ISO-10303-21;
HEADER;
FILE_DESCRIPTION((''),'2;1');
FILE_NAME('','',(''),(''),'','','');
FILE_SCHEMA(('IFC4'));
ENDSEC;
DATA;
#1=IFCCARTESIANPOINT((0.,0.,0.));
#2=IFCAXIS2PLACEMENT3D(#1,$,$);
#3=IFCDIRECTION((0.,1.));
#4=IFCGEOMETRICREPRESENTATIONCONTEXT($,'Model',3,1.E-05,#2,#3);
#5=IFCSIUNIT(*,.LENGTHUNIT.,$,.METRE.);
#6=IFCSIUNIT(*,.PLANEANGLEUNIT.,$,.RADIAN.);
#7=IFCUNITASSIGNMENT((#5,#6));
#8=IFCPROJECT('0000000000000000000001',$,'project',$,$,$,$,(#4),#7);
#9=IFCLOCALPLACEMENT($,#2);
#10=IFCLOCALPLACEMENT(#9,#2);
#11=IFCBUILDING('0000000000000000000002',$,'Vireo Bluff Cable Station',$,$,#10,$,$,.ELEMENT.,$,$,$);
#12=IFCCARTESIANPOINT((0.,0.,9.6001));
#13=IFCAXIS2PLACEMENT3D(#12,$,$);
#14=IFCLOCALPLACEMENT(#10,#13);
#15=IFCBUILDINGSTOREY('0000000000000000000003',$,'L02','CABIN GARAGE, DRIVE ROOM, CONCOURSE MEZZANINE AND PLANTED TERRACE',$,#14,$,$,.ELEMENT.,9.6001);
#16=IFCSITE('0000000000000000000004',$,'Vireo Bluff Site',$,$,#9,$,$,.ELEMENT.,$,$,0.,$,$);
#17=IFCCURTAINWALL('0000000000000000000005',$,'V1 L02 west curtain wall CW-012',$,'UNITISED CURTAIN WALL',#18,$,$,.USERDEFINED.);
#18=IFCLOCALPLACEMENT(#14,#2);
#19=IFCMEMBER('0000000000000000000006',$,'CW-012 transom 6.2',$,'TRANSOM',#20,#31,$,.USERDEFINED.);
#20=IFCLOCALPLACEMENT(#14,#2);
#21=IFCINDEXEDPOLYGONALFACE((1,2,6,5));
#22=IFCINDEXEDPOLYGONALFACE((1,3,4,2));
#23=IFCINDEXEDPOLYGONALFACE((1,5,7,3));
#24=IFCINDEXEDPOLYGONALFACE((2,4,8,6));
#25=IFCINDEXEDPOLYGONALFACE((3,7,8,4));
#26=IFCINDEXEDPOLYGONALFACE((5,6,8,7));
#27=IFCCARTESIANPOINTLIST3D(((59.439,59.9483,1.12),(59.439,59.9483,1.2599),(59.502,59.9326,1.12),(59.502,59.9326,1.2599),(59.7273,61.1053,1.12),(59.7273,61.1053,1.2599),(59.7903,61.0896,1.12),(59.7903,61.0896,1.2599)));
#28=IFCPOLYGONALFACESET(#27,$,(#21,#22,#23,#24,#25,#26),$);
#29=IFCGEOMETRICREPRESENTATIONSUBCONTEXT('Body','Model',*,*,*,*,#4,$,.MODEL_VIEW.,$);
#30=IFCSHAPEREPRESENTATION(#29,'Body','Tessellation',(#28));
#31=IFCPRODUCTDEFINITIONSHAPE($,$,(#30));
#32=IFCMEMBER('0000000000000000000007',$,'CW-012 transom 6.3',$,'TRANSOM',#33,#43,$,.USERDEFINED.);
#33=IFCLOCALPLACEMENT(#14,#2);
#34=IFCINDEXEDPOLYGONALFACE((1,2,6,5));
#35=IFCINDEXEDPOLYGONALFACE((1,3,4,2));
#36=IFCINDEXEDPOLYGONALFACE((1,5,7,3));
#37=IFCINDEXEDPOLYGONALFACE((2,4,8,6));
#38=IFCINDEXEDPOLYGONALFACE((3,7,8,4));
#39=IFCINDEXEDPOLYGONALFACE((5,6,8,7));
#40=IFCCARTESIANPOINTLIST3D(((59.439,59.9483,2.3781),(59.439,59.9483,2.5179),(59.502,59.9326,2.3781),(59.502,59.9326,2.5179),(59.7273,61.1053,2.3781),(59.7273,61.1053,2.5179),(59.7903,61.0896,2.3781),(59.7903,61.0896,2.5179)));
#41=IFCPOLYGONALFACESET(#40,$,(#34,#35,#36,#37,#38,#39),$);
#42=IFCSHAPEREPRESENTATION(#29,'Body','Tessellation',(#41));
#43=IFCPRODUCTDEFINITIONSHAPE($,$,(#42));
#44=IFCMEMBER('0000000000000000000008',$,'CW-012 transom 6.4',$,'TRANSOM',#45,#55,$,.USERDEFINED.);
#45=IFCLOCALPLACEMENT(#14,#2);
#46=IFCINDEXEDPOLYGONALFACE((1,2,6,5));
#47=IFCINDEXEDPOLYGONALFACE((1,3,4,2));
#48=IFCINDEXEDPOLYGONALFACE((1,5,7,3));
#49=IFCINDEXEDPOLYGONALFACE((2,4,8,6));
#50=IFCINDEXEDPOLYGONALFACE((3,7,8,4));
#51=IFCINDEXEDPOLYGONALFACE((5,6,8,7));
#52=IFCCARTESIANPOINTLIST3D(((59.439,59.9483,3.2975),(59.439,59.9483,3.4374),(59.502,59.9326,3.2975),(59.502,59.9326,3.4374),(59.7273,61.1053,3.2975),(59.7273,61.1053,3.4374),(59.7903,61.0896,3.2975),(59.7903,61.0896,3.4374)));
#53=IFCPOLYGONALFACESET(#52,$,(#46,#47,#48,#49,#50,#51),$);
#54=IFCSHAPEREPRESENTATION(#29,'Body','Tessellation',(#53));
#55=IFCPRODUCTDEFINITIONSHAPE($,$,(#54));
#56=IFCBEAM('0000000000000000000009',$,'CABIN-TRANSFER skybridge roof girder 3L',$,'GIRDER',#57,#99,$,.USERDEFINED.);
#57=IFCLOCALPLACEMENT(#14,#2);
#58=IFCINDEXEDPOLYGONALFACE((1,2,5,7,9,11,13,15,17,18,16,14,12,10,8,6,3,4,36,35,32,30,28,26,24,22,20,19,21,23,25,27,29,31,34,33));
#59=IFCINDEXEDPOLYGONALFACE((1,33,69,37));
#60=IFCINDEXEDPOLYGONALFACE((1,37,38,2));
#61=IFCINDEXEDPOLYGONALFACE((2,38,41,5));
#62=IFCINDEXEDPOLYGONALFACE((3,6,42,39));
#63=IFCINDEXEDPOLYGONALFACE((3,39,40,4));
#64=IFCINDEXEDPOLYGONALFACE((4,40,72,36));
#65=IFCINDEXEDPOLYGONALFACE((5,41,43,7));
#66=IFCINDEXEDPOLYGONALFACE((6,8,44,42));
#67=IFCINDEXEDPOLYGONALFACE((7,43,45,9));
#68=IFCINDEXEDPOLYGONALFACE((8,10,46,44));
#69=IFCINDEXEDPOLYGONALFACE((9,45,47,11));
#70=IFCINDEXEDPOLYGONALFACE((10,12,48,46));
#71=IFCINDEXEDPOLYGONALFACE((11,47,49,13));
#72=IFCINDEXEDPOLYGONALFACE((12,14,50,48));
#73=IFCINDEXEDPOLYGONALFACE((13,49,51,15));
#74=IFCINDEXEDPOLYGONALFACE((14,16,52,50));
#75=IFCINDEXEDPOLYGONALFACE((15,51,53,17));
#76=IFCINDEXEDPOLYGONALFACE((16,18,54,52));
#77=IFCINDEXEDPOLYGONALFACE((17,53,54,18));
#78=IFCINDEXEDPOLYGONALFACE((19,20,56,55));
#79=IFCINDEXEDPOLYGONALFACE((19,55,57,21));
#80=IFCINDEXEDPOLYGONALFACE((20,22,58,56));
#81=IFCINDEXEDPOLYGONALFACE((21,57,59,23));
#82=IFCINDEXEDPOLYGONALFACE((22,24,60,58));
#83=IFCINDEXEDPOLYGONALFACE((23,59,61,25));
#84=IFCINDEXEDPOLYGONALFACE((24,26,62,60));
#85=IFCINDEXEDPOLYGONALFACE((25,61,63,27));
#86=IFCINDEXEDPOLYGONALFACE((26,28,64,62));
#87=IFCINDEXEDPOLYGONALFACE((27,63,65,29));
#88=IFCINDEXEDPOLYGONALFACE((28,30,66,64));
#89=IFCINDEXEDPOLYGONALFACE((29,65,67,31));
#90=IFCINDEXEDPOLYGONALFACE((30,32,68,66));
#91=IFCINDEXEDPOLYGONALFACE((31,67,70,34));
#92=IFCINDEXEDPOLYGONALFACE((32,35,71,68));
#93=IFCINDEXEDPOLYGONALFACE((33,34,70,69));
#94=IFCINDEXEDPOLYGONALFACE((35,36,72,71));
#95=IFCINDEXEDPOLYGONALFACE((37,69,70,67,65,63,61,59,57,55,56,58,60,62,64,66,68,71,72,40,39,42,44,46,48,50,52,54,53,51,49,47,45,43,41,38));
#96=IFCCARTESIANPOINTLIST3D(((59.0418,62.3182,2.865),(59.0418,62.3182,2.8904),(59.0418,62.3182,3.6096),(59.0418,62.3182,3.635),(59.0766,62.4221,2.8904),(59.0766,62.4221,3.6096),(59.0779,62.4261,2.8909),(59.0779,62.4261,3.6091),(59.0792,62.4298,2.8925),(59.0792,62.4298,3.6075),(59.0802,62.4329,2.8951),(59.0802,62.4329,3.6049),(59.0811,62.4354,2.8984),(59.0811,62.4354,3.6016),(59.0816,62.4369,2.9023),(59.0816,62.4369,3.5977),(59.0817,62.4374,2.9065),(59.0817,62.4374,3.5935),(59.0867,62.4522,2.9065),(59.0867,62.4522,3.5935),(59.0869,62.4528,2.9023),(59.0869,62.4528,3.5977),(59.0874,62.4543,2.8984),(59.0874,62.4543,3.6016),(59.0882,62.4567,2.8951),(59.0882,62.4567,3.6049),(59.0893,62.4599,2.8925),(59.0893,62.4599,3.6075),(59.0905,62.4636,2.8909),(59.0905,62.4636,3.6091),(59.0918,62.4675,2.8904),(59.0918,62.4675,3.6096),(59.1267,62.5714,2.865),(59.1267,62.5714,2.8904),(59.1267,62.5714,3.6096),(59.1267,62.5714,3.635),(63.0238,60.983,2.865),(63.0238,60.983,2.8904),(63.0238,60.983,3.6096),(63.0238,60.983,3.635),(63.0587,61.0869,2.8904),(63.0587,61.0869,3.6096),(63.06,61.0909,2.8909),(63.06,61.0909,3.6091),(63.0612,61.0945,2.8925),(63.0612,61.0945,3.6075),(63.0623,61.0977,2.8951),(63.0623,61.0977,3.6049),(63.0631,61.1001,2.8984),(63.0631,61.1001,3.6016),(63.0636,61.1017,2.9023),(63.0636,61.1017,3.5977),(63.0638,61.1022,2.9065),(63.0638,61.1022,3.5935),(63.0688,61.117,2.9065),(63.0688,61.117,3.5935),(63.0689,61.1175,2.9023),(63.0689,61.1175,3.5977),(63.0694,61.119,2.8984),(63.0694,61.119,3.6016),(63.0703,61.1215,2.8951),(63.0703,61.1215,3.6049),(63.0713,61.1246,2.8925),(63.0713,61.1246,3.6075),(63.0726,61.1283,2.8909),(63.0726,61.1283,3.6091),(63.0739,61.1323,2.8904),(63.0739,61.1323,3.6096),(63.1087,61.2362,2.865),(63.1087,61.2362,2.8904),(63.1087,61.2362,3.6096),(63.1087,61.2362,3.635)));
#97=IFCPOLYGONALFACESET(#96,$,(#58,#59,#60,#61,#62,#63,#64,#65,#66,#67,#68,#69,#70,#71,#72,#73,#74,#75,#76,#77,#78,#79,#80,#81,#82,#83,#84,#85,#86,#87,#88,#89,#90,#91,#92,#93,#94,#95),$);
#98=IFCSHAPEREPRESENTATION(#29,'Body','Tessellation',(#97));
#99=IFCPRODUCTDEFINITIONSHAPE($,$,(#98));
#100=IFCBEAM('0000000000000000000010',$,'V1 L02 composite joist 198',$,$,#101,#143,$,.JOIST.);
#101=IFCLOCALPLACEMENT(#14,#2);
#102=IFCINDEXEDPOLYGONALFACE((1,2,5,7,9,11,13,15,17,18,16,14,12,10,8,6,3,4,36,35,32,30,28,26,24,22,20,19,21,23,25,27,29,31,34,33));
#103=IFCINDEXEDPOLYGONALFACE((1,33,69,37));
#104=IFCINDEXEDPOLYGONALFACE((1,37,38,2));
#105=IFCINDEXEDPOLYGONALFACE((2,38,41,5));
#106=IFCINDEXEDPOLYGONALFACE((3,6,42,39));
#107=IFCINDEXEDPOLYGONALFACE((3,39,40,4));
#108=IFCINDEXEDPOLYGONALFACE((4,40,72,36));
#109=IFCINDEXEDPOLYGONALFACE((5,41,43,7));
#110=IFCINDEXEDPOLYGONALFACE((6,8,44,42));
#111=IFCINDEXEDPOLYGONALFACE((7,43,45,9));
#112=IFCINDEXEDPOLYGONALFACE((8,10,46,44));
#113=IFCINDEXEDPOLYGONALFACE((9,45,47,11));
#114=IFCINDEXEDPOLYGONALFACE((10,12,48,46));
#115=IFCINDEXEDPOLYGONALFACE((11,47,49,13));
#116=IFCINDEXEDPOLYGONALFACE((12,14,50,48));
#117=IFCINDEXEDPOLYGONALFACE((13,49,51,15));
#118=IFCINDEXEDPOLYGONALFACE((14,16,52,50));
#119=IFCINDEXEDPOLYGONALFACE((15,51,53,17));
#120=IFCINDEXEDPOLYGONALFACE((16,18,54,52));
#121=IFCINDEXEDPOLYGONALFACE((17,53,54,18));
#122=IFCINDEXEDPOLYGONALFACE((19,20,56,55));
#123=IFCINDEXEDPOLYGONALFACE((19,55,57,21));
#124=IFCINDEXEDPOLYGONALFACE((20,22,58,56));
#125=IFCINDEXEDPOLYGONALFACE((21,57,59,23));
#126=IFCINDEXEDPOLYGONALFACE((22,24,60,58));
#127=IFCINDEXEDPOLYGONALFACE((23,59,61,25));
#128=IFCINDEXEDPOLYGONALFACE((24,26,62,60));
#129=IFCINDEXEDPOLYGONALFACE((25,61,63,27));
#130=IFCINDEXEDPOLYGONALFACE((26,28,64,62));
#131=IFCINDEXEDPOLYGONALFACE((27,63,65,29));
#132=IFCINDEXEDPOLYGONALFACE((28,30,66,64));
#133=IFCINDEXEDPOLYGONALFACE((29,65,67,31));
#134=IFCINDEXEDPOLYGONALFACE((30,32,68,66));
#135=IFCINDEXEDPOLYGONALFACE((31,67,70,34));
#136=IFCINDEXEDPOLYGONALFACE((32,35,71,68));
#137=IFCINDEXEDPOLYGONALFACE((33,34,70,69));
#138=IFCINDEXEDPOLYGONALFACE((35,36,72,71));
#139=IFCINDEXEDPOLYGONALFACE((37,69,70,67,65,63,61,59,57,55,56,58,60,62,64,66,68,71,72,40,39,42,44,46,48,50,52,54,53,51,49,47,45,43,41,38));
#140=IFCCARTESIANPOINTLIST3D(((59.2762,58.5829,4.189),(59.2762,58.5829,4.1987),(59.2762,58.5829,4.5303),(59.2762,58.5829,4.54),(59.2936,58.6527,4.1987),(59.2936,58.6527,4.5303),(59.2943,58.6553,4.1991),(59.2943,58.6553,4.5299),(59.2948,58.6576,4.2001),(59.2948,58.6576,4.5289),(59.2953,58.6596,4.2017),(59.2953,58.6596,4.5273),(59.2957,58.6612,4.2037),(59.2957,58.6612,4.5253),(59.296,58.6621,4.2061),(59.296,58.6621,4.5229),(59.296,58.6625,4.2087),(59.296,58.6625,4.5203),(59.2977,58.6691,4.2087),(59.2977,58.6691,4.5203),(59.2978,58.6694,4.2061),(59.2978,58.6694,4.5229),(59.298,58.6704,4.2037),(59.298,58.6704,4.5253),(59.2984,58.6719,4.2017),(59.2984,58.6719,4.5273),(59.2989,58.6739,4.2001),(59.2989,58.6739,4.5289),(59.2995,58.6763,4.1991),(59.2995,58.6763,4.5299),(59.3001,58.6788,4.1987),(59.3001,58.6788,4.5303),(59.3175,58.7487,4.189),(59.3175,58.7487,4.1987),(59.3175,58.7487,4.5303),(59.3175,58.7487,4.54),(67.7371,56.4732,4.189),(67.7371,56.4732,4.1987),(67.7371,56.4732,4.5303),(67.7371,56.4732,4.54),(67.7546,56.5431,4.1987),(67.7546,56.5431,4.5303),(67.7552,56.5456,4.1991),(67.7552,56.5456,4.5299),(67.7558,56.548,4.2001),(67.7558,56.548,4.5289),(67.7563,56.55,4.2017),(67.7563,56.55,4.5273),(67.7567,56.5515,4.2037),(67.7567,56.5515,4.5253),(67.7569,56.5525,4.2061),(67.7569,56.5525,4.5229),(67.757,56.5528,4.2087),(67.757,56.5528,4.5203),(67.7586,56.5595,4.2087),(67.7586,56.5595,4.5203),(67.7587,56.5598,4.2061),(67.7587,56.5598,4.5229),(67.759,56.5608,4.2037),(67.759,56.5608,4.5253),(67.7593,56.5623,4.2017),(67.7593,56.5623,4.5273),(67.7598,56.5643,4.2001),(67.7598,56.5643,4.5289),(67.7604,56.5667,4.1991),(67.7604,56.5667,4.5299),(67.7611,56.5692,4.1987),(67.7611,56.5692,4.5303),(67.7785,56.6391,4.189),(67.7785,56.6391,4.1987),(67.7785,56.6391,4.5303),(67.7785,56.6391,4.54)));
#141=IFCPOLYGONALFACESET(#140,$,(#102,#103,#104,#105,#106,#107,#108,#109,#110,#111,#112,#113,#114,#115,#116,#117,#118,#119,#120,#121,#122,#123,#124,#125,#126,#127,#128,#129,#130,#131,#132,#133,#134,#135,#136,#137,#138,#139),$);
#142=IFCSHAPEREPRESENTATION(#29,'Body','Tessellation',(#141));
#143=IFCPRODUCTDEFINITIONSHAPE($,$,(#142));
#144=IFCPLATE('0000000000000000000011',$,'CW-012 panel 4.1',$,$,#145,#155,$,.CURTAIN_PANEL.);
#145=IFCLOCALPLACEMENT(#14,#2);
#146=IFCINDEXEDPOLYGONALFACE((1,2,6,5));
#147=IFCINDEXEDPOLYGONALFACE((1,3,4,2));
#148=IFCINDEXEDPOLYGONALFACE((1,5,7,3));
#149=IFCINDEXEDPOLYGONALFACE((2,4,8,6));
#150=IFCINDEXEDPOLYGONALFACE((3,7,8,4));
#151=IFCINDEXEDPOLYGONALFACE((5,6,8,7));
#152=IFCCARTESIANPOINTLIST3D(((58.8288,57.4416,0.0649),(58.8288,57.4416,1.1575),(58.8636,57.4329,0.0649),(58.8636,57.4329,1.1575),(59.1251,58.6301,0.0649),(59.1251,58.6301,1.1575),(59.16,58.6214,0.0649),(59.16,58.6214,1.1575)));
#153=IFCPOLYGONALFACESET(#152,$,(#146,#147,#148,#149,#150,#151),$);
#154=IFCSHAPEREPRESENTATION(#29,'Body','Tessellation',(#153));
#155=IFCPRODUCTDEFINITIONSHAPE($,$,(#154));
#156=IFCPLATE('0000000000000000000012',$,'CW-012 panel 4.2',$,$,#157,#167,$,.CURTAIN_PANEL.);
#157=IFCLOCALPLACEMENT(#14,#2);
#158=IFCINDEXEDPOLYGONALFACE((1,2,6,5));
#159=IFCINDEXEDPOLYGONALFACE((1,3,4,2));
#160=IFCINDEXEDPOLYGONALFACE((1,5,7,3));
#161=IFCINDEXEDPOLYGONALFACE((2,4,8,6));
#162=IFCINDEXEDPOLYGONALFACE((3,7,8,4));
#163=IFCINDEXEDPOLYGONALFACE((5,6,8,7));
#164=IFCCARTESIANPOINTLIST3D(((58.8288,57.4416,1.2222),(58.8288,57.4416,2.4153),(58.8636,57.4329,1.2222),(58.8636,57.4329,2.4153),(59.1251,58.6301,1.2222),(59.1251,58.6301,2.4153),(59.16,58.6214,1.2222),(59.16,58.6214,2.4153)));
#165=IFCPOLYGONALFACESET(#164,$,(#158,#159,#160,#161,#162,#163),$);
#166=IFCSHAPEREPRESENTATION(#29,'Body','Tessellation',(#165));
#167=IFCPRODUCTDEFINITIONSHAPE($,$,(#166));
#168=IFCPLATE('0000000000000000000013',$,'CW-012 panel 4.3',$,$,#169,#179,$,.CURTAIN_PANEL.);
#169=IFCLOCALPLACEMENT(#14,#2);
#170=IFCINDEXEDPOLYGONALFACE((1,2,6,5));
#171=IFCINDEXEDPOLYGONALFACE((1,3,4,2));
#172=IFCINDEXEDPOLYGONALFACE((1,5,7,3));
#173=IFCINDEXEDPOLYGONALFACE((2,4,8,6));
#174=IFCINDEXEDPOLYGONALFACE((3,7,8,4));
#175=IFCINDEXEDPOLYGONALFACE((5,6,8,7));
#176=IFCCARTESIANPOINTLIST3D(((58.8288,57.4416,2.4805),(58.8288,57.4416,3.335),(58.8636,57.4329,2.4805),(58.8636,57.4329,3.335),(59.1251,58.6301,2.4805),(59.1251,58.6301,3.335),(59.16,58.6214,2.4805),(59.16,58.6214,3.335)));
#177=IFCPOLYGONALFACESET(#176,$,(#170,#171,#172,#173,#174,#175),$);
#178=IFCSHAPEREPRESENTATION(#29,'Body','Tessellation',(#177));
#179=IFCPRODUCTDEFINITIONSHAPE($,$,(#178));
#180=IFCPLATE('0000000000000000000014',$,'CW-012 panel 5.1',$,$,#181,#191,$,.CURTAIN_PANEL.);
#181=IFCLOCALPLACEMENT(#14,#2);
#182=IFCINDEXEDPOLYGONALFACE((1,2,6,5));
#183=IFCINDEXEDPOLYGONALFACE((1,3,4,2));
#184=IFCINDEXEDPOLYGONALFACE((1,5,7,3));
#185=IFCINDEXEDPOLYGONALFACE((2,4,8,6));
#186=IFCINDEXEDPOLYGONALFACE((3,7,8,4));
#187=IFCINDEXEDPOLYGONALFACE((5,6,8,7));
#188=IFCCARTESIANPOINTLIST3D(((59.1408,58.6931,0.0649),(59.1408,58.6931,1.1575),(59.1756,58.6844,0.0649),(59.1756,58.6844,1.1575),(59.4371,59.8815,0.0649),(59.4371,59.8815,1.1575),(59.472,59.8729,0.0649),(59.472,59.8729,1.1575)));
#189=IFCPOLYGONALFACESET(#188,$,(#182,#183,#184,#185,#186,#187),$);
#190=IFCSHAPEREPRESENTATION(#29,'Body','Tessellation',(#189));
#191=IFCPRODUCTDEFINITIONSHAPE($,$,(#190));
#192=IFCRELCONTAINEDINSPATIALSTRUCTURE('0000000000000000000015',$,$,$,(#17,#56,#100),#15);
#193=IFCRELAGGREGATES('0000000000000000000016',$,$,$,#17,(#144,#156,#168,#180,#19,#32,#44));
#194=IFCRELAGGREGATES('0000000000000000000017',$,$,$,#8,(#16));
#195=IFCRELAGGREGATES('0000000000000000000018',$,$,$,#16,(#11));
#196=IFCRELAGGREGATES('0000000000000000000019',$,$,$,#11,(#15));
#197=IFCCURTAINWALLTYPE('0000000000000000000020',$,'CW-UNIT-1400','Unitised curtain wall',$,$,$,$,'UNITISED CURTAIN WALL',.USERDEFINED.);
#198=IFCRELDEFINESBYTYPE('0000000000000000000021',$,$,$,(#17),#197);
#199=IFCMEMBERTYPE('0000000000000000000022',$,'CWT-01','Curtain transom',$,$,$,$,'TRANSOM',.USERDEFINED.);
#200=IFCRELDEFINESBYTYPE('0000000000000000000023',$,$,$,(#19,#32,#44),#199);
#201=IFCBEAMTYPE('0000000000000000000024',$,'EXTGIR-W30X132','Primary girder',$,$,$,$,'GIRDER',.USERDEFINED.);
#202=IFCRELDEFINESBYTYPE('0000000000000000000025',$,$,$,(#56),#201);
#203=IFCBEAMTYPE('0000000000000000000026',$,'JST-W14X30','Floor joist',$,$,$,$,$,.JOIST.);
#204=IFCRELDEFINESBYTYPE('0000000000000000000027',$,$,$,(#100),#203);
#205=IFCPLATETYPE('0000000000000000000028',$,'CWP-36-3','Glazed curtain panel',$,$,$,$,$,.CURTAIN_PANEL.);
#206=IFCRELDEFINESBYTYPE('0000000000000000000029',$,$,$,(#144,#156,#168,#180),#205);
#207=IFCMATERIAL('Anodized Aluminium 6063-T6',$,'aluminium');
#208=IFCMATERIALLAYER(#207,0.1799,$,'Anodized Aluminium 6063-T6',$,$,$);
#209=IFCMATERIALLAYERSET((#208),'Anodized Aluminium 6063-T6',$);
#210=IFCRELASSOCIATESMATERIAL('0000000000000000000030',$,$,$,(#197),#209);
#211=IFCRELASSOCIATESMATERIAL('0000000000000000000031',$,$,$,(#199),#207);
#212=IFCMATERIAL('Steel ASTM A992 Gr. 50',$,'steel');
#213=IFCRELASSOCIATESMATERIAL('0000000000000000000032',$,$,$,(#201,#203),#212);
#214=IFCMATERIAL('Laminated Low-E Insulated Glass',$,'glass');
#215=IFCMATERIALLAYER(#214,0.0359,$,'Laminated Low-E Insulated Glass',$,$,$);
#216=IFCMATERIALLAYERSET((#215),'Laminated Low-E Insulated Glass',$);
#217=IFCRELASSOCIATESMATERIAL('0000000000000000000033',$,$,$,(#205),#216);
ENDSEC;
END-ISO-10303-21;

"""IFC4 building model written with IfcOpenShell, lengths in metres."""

from ifc_helpers import new_model, si_unit, direction, frame, origin, origin_2d, place, context, subcontext, project, spatial, rectangle, i_section, extrude, material, layer, layer_set, material_profile, profile_set, type_object, element, aggregate, save


model = new_model("IFC4")

# Units and contexts
model_context = context("Model", 3, precision=1e-05, world=origin(), true_north=direction((0.0, 1.0)))
body_context = subcontext(model_context, "Body", "Model", "MODEL_VIEW")
ifc_project = project(units=[si_unit("LENGTHUNIT", "METRE"), si_unit("PLANEANGLEUNIT", "RADIAN")], contexts=[model_context])

# Site, building, storey
site_placement = place(None, origin())
site = spatial("IfcSite", under=ifc_project, at=site_placement, Name="Vireo Bluff Site", CompositionType="ELEMENT", RefElevation=0.0)
building_placement = place(site_placement, origin())
building = spatial("IfcBuilding", under=site, at=building_placement, Name="Vireo Bluff Cable Station", CompositionType="ELEMENT")
storey_placement = place(building_placement, frame((0.0, 0.0, 9.6001)))
storey = spatial("IfcBuildingStorey", under=building, at=storey_placement, Name="L02", Description="CABIN GARAGE, DRIVE ROOM, CONCOURSE MEZZANINE AND PLANTED TERRACE", CompositionType="ELEMENT", Elevation=9.6001)

# Shared definitions
ifc_material_1 = material(Name="Steel ASTM A992 Gr. 50", Category="steel")

# Curtain wall, members
ifc_material_2 = material(Name="Anodized Aluminium 6063-T6", Category="aluminium")
ifc_layer_1 = layer(ifc_material_2, 0.1799, Name="Anodized Aluminium 6063-T6")
ifc_layer_set_1 = layer_set([ifc_layer_1], Name="Anodized Aluminium 6063-T6")
curtain_wall_type = type_object("IfcCurtainWallType", Name="CW-UNIT-1400", Description="Unitised curtain wall", ElementType="UNITISED CURTAIN WALL", PredefinedType="USERDEFINED", material=ifc_layer_set_1)
curtain_wall_placement = place(storey_placement, origin())
curtain_wall = element("IfcCurtainWall", 1, at=curtain_wall_placement, inside=storey, type_object=curtain_wall_type, Name="V1 L02 west curtain wall CW-012", ObjectType="UNITISED CURTAIN WALL", PredefinedType="USERDEFINED")
ifc_material_profile_1 = material_profile(ifc_material_2, rectangle(XDim=0.0649, YDim=0.1399, at=origin_2d()), Name="ALU-T-65X140")
ifc_profile_set_1 = profile_set([ifc_material_profile_1], Name="Anodized Aluminium 6063-T6")
member_type_1 = type_object("IfcMemberType", Name="CWT-01", Description="Curtain transom", ElementType="TRANSOM", PredefinedType="USERDEFINED", material=ifc_profile_set_1)
member_1_placement = place(storey_placement, frame((59.4705, 59.9404, 1.1899), z_axis=(0.241813, 0.970323, 0.0), x_axis=(-0.970323, 0.241813, 0.0)))
member_1 = element("IfcMember", 2, at=member_1_placement, type_object=member_type_1, Name="CW-012 transom 6.2", ObjectType="TRANSOM", PredefinedType="USERDEFINED", context=body_context, shape_type="SweptSolid", body=[
    extrude(rectangle(XDim=0.0649, YDim=0.1399, at=origin_2d()), origin(), (0.0, 0.0, 1.0), 1.1924),
])
member_2_placement = place(storey_placement, frame((59.4705, 59.9404, 2.448), z_axis=(0.241813, 0.970323, 0.0), x_axis=(-0.970323, 0.241813, 0.0)))
member_2 = element("IfcMember", 3, at=member_2_placement, type_object=member_type_1, Name="CW-012 transom 6.3", ObjectType="TRANSOM", PredefinedType="USERDEFINED", context=body_context, shape_type="SweptSolid", body=[
    extrude(rectangle(XDim=0.0649, YDim=0.1399, at=origin_2d()), origin(), (0.0, 0.0, 1.0), 1.1924),
])
member_3_placement = place(storey_placement, frame((59.4705, 59.9404, 3.3674), z_axis=(0.241813, 0.970323, 0.0), x_axis=(-0.970323, 0.241813, 0.0)))
member_3 = element("IfcMember", 4, at=member_3_placement, type_object=member_type_1, Name="CW-012 transom 6.4", ObjectType="TRANSOM", PredefinedType="USERDEFINED", context=body_context, shape_type="SweptSolid", body=[
    extrude(rectangle(XDim=0.0649, YDim=0.1399, at=origin_2d()), origin(), (0.0, 0.0, 1.0), 1.1924),
])

# Beams
ifc_material_profile_2 = material_profile(ifc_material_1, i_section(OverallWidth=0.2671, OverallDepth=0.77, WebThickness=0.0156, FlangeThickness=0.0254, FilletRadius=0.0161, at=origin_2d()), Name="W30X132")
ifc_profile_set_2 = profile_set([ifc_material_profile_2], Name="Steel ASTM A992 Gr. 50")
beam_type_1 = type_object("IfcBeamType", Name="EXTGIR-W30X132", Description="Primary girder", ElementType="GIRDER", PredefinedType="USERDEFINED", material=ifc_profile_set_2)
beam_1_placement = place(storey_placement, frame((59.0842, 62.4448, 3.25), z_axis=(0.948118, -0.317919, 0.0), x_axis=(0.317919, 0.948118, 0.0)))
element("IfcBeam", 5, at=beam_1_placement, inside=storey, type_object=beam_type_1, Name="CABIN-TRANSFER skybridge roof girder 3L", ObjectType="GIRDER", PredefinedType="USERDEFINED", context=body_context, shape_type="SweptSolid", body=[
    extrude(i_section(OverallWidth=0.2671, OverallDepth=0.77, WebThickness=0.0156, FlangeThickness=0.0254, FilletRadius=0.0161, at=origin_2d()), origin(), (0.0, 0.0, 1.0), 4.2),
])
ifc_material_profile_3 = material_profile(ifc_material_1, i_section(OverallWidth=0.1709, OverallDepth=0.3511, WebThickness=0.0068, FlangeThickness=0.0098, FilletRadius=0.01, at=origin_2d()), Name="W14X30")
ifc_profile_set_3 = profile_set([ifc_material_profile_3], Name="Steel ASTM A992 Gr. 50")
beam_type_2 = type_object("IfcBeamType", Name="JST-W14X30", Description="Floor joist", PredefinedType="JOIST", material=ifc_profile_set_3)
beam_2_placement = place(storey_placement, frame((59.2969, 58.6658, 4.3645), z_axis=(0.970294, -0.24193, 0.0), x_axis=(0.24193, 0.970294, 0.0)))
element("IfcBeam", 6, at=beam_2_placement, inside=storey, type_object=beam_type_2, Name="V1 L02 composite joist 198", PredefinedType="JOIST", context=body_context, shape_type="SweptSolid", body=[
    extrude(i_section(OverallWidth=0.1709, OverallDepth=0.3511, WebThickness=0.0068, FlangeThickness=0.0098, FilletRadius=0.01, at=origin_2d()), origin(), (0.0, 0.0, 1.0), 8.72),
])

# Plates
ifc_material_3 = material(Name="Laminated Low-E Insulated Glass", Category="glass")
ifc_layer_2 = layer(ifc_material_3, 0.0359, Name="Laminated Low-E Insulated Glass")
ifc_layer_set_2 = layer_set([ifc_layer_2], Name="Laminated Low-E Insulated Glass")
plate_type = type_object("IfcPlateType", Name="CWP-36-3", Description="Glazed curtain panel", PredefinedType="CURTAIN_PANEL", material=ifc_layer_set_2)
plate_1_placement = place(storey_placement, frame((58.9944, 58.0315, 0.0649), z_axis=(0.0, 0.0, 1.0), x_axis=(0.241922, 0.970296, 0.0)))
plate_1 = element("IfcPlate", 7, at=plate_1_placement, type_object=plate_type, Name="CW-012 panel 4.1", PredefinedType="CURTAIN_PANEL", context=body_context, shape_type="SweptSolid", body=[
    extrude(rectangle(XDim=1.2249, YDim=0.0359, at=origin_2d()), origin(), (0.0, 0.0, 1.0), 1.0925),
])
plate_2_placement = place(storey_placement, frame((58.9944, 58.0315, 1.2222), z_axis=(0.0, 0.0, 1.0), x_axis=(0.241922, 0.970296, 0.0)))
plate_2 = element("IfcPlate", 8, at=plate_2_placement, type_object=plate_type, Name="CW-012 panel 4.2", PredefinedType="CURTAIN_PANEL", context=body_context, shape_type="SweptSolid", body=[
    extrude(rectangle(XDim=1.2249, YDim=0.0359, at=origin_2d()), origin(), (0.0, 0.0, 1.0), 1.1931),
])
plate_3_placement = place(storey_placement, frame((58.9944, 58.0315, 2.4805), z_axis=(0.0, 0.0, 1.0), x_axis=(0.241922, 0.970296, 0.0)))
plate_3 = element("IfcPlate", 9, at=plate_3_placement, type_object=plate_type, Name="CW-012 panel 4.3", PredefinedType="CURTAIN_PANEL", context=body_context, shape_type="SweptSolid", body=[
    extrude(rectangle(XDim=1.2249, YDim=0.0359, at=origin_2d()), origin(), (0.0, 0.0, 1.0), 0.8545),
])
plate_4_placement = place(storey_placement, frame((59.3064, 59.283, 0.0649), z_axis=(0.0, 0.0, 1.0), x_axis=(0.241922, 0.970296, 0.0)))
plate_4 = element("IfcPlate", 10, at=plate_4_placement, type_object=plate_type, Name="CW-012 panel 5.1", PredefinedType="CURTAIN_PANEL", context=body_context, shape_type="SweptSolid", body=[
    extrude(rectangle(XDim=1.2249, YDim=0.0359, at=origin_2d()), origin(), (0.0, 0.0, 1.0), 1.0925),
])
aggregate(curtain_wall, [plate_1, plate_2, plate_3, plate_4, member_1, member_2, member_3])

save(model, "model.ifc")
